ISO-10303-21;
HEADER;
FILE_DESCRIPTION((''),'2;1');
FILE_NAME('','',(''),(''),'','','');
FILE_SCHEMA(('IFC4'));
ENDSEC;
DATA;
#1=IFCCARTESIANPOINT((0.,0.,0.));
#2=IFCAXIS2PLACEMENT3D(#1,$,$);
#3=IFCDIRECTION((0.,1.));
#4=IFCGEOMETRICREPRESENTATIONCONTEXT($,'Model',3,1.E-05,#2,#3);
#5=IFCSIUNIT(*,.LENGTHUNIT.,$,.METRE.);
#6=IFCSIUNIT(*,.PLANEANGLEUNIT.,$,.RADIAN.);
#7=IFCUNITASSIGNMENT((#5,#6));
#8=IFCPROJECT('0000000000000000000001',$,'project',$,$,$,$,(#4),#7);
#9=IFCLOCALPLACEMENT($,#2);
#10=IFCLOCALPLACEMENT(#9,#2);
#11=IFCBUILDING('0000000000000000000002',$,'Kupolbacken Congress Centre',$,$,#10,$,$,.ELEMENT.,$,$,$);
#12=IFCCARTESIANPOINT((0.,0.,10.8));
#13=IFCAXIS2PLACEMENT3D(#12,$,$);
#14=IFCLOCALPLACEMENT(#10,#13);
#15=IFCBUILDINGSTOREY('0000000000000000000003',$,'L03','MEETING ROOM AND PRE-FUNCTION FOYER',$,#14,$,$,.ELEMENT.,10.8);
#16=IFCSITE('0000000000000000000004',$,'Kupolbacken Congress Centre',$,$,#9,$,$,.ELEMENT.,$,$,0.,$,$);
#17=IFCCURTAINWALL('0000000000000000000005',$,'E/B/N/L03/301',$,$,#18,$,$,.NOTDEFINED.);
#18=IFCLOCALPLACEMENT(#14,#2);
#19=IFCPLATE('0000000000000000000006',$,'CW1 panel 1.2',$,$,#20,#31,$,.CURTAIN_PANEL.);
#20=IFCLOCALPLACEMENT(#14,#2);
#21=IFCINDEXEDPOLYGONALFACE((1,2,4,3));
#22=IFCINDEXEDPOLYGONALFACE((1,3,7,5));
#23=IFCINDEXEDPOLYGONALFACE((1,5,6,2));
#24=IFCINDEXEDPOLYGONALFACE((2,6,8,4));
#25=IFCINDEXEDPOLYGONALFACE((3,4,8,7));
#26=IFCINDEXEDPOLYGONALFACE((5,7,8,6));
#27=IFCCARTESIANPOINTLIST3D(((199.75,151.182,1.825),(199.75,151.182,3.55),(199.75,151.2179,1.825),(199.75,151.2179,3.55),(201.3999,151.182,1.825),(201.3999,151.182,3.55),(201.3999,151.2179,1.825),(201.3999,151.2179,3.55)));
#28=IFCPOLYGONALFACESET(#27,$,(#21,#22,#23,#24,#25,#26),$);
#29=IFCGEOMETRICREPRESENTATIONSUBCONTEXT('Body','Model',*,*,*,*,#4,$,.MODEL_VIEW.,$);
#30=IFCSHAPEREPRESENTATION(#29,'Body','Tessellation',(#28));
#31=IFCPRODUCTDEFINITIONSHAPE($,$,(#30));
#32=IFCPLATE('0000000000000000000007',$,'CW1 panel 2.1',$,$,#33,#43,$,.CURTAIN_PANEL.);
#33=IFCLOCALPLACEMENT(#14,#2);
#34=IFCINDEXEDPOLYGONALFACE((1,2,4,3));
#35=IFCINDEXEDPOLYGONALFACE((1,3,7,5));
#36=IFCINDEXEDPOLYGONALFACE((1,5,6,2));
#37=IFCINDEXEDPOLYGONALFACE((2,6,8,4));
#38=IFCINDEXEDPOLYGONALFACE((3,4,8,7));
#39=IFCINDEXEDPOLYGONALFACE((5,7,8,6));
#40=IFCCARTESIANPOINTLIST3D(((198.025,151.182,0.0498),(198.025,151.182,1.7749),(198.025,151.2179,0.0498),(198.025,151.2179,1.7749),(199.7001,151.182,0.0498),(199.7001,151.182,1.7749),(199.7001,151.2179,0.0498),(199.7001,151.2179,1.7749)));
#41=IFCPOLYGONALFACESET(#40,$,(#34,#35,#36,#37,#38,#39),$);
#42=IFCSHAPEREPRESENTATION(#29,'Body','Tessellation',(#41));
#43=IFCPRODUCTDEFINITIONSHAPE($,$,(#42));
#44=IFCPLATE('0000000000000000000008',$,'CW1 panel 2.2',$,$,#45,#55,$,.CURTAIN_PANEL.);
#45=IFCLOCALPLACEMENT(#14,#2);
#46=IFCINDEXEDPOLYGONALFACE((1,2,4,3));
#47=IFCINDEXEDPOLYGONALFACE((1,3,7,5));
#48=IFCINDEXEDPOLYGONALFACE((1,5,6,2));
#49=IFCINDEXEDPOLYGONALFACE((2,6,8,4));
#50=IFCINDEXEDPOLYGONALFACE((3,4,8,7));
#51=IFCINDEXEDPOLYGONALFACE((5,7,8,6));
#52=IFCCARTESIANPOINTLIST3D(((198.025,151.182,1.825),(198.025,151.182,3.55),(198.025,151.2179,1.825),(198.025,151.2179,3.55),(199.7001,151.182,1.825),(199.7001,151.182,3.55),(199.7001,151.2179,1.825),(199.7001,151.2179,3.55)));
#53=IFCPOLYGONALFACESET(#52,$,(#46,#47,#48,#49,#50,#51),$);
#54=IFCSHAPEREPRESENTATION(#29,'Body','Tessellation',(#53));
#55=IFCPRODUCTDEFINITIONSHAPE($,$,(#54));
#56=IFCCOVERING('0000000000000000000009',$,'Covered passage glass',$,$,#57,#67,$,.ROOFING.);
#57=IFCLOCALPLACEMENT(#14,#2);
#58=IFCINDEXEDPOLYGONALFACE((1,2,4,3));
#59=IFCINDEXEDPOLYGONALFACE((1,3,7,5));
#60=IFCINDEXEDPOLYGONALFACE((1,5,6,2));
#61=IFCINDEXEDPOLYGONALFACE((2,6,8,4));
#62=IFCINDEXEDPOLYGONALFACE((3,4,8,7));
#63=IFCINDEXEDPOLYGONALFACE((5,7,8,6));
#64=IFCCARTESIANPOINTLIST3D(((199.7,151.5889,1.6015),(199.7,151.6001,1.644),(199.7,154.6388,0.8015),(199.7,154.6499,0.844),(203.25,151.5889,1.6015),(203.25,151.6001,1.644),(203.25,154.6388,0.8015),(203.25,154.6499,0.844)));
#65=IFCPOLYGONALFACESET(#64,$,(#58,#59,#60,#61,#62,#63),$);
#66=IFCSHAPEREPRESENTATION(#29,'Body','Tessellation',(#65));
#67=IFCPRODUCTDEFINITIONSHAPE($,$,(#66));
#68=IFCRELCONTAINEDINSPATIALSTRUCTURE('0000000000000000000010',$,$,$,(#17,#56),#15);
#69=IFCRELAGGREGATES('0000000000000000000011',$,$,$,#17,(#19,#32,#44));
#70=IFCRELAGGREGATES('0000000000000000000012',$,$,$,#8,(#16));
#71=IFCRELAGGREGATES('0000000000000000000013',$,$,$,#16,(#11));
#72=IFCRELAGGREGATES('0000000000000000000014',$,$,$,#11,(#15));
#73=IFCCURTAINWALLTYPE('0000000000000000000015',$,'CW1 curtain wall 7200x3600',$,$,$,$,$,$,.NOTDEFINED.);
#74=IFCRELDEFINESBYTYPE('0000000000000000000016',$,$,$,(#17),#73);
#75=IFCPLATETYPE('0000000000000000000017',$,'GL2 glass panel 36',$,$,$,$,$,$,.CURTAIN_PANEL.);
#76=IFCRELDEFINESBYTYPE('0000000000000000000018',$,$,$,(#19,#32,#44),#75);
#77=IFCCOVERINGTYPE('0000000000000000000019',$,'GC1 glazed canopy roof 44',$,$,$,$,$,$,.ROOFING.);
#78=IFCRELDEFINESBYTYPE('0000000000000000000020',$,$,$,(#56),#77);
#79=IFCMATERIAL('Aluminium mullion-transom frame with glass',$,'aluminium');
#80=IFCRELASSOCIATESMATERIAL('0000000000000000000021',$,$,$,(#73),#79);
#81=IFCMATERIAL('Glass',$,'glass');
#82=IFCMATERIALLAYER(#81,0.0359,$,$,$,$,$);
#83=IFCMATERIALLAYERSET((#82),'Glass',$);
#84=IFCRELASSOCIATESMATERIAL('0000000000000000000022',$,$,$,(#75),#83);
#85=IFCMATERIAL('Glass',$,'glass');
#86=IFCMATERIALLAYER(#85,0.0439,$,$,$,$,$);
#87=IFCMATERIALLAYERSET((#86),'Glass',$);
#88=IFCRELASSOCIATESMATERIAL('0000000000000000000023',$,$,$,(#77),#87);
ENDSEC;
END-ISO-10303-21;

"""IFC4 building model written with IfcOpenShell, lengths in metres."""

from ifc_helpers import new_model, si_unit, direction, frame, origin, origin_2d, place, context, subcontext, project, spatial, polyline, rectangle, outline, extrude, material, layer, layer_set, type_object, element, aggregate, save


model = new_model("IFC4")

# Units and contexts
model_context = context("Model", 3, precision=1e-05, world=origin(), true_north=direction((0.0, 1.0)))
body_context = subcontext(model_context, "Body", "Model", "MODEL_VIEW")
ifc_project = project(units=[si_unit("LENGTHUNIT", "METRE"), si_unit("PLANEANGLEUNIT", "RADIAN")], contexts=[model_context])

# Site, building, storey
site_placement = place(None, origin())
site = spatial("IfcSite", under=ifc_project, at=site_placement, Name="Kupolbacken Congress Centre", CompositionType="ELEMENT", RefElevation=0.0)
building_placement = place(site_placement, origin())
building = spatial("IfcBuilding", under=site, at=building_placement, Name="Kupolbacken Congress Centre", CompositionType="ELEMENT")
storey_placement = place(building_placement, frame((0.0, 0.0, 10.8)))
storey = spatial("IfcBuildingStorey", under=building, at=storey_placement, Name="L03", Description="MEETING ROOM AND PRE-FUNCTION FOYER", CompositionType="ELEMENT", Elevation=10.8)

# Curtain wall, plates
ifc_material_1 = material(Name="Aluminium mullion-transom frame with glass", Category="aluminium")
curtain_wall_type = type_object("IfcCurtainWallType", Name="CW1 curtain wall 7200x3600", PredefinedType="NOTDEFINED", material=ifc_material_1)
curtain_wall_placement = place(storey_placement, origin())
curtain_wall = element("IfcCurtainWall", 1, at=curtain_wall_placement, inside=storey, type_object=curtain_wall_type, Name="E/B/N/L03/301", PredefinedType="NOTDEFINED")
ifc_material_2 = material(Name="Glass", Category="glass")
ifc_layer_1 = layer(ifc_material_2, 0.0359)
ifc_layer_set_1 = layer_set([ifc_layer_1], Name="Glass")
plate_type = type_object("IfcPlateType", Name="GL2 glass panel 36", PredefinedType="CURTAIN_PANEL", material=ifc_layer_set_1)
plate_1_placement = place(storey_placement, frame((200.575, 151.2, 1.825), z_axis=(0.0, 0.0, 1.0), x_axis=(-1.0, 0.0, 0.0)))
plate_1 = element("IfcPlate", 2, at=plate_1_placement, type_object=plate_type, Name="CW1 panel 1.2", PredefinedType="CURTAIN_PANEL", context=body_context, shape_type="SweptSolid", body=[
    extrude(rectangle(XDim=1.6499, YDim=0.0359, at=origin_2d()), origin(), (0.0, 0.0, 1.0), 1.7251),
])
plate_2_placement = place(storey_placement, frame((198.8625, 151.2, 0.0498), z_axis=(0.0, 0.0, 1.0), x_axis=(-1.0, 0.0, 0.0)))
plate_2 = element("IfcPlate", 3, at=plate_2_placement, type_object=plate_type, Name="CW1 panel 2.1", PredefinedType="CURTAIN_PANEL", context=body_context, shape_type="SweptSolid", body=[
    extrude(rectangle(XDim=1.675, YDim=0.0359, at=origin_2d()), origin(), (0.0, 0.0, 1.0), 1.7251),
])
plate_3_placement = place(storey_placement, frame((198.8625, 151.2, 1.825), z_axis=(0.0, 0.0, 1.0), x_axis=(-1.0, 0.0, 0.0)))
plate_3 = element("IfcPlate", 4, at=plate_3_placement, type_object=plate_type, Name="CW1 panel 2.2", PredefinedType="CURTAIN_PANEL", context=body_context, shape_type="SweptSolid", body=[
    extrude(rectangle(XDim=1.675, YDim=0.0359, at=origin_2d()), origin(), (0.0, 0.0, 1.0), 1.7251),
])
aggregate(curtain_wall, [plate_1, plate_2, plate_3])

# Covering
ifc_material_3 = material(Name="Glass", Category="glass")
ifc_layer_2 = layer(ifc_material_3, 0.0439)
ifc_layer_set_2 = layer_set([ifc_layer_2], Name="Glass")
covering_type = type_object("IfcCoveringType", Name="GC1 glazed canopy roof 44", PredefinedType="ROOFING", material=ifc_layer_set_2)
covering_placement = place(storey_placement, frame((199.7, 151.6001, 1.644), z_axis=(0.0, 0.253742, 0.967272), x_axis=(1.0, 0.0, 0.0)))
element("IfcCovering", 5, at=covering_placement, inside=storey, type_object=covering_type, Name="Covered passage glass", PredefinedType="ROOFING", context=body_context, shape_type="SweptSolid", body=[
    extrude(outline(polyline([(0.0, 0.0), (3.55, 0.0), (3.55, 3.153), (0.0, 3.153), (0.0, 0.0)])), origin(), (0.0, 0.0, -1.0), 0.0439),
])

save(model, "model.ifc")
